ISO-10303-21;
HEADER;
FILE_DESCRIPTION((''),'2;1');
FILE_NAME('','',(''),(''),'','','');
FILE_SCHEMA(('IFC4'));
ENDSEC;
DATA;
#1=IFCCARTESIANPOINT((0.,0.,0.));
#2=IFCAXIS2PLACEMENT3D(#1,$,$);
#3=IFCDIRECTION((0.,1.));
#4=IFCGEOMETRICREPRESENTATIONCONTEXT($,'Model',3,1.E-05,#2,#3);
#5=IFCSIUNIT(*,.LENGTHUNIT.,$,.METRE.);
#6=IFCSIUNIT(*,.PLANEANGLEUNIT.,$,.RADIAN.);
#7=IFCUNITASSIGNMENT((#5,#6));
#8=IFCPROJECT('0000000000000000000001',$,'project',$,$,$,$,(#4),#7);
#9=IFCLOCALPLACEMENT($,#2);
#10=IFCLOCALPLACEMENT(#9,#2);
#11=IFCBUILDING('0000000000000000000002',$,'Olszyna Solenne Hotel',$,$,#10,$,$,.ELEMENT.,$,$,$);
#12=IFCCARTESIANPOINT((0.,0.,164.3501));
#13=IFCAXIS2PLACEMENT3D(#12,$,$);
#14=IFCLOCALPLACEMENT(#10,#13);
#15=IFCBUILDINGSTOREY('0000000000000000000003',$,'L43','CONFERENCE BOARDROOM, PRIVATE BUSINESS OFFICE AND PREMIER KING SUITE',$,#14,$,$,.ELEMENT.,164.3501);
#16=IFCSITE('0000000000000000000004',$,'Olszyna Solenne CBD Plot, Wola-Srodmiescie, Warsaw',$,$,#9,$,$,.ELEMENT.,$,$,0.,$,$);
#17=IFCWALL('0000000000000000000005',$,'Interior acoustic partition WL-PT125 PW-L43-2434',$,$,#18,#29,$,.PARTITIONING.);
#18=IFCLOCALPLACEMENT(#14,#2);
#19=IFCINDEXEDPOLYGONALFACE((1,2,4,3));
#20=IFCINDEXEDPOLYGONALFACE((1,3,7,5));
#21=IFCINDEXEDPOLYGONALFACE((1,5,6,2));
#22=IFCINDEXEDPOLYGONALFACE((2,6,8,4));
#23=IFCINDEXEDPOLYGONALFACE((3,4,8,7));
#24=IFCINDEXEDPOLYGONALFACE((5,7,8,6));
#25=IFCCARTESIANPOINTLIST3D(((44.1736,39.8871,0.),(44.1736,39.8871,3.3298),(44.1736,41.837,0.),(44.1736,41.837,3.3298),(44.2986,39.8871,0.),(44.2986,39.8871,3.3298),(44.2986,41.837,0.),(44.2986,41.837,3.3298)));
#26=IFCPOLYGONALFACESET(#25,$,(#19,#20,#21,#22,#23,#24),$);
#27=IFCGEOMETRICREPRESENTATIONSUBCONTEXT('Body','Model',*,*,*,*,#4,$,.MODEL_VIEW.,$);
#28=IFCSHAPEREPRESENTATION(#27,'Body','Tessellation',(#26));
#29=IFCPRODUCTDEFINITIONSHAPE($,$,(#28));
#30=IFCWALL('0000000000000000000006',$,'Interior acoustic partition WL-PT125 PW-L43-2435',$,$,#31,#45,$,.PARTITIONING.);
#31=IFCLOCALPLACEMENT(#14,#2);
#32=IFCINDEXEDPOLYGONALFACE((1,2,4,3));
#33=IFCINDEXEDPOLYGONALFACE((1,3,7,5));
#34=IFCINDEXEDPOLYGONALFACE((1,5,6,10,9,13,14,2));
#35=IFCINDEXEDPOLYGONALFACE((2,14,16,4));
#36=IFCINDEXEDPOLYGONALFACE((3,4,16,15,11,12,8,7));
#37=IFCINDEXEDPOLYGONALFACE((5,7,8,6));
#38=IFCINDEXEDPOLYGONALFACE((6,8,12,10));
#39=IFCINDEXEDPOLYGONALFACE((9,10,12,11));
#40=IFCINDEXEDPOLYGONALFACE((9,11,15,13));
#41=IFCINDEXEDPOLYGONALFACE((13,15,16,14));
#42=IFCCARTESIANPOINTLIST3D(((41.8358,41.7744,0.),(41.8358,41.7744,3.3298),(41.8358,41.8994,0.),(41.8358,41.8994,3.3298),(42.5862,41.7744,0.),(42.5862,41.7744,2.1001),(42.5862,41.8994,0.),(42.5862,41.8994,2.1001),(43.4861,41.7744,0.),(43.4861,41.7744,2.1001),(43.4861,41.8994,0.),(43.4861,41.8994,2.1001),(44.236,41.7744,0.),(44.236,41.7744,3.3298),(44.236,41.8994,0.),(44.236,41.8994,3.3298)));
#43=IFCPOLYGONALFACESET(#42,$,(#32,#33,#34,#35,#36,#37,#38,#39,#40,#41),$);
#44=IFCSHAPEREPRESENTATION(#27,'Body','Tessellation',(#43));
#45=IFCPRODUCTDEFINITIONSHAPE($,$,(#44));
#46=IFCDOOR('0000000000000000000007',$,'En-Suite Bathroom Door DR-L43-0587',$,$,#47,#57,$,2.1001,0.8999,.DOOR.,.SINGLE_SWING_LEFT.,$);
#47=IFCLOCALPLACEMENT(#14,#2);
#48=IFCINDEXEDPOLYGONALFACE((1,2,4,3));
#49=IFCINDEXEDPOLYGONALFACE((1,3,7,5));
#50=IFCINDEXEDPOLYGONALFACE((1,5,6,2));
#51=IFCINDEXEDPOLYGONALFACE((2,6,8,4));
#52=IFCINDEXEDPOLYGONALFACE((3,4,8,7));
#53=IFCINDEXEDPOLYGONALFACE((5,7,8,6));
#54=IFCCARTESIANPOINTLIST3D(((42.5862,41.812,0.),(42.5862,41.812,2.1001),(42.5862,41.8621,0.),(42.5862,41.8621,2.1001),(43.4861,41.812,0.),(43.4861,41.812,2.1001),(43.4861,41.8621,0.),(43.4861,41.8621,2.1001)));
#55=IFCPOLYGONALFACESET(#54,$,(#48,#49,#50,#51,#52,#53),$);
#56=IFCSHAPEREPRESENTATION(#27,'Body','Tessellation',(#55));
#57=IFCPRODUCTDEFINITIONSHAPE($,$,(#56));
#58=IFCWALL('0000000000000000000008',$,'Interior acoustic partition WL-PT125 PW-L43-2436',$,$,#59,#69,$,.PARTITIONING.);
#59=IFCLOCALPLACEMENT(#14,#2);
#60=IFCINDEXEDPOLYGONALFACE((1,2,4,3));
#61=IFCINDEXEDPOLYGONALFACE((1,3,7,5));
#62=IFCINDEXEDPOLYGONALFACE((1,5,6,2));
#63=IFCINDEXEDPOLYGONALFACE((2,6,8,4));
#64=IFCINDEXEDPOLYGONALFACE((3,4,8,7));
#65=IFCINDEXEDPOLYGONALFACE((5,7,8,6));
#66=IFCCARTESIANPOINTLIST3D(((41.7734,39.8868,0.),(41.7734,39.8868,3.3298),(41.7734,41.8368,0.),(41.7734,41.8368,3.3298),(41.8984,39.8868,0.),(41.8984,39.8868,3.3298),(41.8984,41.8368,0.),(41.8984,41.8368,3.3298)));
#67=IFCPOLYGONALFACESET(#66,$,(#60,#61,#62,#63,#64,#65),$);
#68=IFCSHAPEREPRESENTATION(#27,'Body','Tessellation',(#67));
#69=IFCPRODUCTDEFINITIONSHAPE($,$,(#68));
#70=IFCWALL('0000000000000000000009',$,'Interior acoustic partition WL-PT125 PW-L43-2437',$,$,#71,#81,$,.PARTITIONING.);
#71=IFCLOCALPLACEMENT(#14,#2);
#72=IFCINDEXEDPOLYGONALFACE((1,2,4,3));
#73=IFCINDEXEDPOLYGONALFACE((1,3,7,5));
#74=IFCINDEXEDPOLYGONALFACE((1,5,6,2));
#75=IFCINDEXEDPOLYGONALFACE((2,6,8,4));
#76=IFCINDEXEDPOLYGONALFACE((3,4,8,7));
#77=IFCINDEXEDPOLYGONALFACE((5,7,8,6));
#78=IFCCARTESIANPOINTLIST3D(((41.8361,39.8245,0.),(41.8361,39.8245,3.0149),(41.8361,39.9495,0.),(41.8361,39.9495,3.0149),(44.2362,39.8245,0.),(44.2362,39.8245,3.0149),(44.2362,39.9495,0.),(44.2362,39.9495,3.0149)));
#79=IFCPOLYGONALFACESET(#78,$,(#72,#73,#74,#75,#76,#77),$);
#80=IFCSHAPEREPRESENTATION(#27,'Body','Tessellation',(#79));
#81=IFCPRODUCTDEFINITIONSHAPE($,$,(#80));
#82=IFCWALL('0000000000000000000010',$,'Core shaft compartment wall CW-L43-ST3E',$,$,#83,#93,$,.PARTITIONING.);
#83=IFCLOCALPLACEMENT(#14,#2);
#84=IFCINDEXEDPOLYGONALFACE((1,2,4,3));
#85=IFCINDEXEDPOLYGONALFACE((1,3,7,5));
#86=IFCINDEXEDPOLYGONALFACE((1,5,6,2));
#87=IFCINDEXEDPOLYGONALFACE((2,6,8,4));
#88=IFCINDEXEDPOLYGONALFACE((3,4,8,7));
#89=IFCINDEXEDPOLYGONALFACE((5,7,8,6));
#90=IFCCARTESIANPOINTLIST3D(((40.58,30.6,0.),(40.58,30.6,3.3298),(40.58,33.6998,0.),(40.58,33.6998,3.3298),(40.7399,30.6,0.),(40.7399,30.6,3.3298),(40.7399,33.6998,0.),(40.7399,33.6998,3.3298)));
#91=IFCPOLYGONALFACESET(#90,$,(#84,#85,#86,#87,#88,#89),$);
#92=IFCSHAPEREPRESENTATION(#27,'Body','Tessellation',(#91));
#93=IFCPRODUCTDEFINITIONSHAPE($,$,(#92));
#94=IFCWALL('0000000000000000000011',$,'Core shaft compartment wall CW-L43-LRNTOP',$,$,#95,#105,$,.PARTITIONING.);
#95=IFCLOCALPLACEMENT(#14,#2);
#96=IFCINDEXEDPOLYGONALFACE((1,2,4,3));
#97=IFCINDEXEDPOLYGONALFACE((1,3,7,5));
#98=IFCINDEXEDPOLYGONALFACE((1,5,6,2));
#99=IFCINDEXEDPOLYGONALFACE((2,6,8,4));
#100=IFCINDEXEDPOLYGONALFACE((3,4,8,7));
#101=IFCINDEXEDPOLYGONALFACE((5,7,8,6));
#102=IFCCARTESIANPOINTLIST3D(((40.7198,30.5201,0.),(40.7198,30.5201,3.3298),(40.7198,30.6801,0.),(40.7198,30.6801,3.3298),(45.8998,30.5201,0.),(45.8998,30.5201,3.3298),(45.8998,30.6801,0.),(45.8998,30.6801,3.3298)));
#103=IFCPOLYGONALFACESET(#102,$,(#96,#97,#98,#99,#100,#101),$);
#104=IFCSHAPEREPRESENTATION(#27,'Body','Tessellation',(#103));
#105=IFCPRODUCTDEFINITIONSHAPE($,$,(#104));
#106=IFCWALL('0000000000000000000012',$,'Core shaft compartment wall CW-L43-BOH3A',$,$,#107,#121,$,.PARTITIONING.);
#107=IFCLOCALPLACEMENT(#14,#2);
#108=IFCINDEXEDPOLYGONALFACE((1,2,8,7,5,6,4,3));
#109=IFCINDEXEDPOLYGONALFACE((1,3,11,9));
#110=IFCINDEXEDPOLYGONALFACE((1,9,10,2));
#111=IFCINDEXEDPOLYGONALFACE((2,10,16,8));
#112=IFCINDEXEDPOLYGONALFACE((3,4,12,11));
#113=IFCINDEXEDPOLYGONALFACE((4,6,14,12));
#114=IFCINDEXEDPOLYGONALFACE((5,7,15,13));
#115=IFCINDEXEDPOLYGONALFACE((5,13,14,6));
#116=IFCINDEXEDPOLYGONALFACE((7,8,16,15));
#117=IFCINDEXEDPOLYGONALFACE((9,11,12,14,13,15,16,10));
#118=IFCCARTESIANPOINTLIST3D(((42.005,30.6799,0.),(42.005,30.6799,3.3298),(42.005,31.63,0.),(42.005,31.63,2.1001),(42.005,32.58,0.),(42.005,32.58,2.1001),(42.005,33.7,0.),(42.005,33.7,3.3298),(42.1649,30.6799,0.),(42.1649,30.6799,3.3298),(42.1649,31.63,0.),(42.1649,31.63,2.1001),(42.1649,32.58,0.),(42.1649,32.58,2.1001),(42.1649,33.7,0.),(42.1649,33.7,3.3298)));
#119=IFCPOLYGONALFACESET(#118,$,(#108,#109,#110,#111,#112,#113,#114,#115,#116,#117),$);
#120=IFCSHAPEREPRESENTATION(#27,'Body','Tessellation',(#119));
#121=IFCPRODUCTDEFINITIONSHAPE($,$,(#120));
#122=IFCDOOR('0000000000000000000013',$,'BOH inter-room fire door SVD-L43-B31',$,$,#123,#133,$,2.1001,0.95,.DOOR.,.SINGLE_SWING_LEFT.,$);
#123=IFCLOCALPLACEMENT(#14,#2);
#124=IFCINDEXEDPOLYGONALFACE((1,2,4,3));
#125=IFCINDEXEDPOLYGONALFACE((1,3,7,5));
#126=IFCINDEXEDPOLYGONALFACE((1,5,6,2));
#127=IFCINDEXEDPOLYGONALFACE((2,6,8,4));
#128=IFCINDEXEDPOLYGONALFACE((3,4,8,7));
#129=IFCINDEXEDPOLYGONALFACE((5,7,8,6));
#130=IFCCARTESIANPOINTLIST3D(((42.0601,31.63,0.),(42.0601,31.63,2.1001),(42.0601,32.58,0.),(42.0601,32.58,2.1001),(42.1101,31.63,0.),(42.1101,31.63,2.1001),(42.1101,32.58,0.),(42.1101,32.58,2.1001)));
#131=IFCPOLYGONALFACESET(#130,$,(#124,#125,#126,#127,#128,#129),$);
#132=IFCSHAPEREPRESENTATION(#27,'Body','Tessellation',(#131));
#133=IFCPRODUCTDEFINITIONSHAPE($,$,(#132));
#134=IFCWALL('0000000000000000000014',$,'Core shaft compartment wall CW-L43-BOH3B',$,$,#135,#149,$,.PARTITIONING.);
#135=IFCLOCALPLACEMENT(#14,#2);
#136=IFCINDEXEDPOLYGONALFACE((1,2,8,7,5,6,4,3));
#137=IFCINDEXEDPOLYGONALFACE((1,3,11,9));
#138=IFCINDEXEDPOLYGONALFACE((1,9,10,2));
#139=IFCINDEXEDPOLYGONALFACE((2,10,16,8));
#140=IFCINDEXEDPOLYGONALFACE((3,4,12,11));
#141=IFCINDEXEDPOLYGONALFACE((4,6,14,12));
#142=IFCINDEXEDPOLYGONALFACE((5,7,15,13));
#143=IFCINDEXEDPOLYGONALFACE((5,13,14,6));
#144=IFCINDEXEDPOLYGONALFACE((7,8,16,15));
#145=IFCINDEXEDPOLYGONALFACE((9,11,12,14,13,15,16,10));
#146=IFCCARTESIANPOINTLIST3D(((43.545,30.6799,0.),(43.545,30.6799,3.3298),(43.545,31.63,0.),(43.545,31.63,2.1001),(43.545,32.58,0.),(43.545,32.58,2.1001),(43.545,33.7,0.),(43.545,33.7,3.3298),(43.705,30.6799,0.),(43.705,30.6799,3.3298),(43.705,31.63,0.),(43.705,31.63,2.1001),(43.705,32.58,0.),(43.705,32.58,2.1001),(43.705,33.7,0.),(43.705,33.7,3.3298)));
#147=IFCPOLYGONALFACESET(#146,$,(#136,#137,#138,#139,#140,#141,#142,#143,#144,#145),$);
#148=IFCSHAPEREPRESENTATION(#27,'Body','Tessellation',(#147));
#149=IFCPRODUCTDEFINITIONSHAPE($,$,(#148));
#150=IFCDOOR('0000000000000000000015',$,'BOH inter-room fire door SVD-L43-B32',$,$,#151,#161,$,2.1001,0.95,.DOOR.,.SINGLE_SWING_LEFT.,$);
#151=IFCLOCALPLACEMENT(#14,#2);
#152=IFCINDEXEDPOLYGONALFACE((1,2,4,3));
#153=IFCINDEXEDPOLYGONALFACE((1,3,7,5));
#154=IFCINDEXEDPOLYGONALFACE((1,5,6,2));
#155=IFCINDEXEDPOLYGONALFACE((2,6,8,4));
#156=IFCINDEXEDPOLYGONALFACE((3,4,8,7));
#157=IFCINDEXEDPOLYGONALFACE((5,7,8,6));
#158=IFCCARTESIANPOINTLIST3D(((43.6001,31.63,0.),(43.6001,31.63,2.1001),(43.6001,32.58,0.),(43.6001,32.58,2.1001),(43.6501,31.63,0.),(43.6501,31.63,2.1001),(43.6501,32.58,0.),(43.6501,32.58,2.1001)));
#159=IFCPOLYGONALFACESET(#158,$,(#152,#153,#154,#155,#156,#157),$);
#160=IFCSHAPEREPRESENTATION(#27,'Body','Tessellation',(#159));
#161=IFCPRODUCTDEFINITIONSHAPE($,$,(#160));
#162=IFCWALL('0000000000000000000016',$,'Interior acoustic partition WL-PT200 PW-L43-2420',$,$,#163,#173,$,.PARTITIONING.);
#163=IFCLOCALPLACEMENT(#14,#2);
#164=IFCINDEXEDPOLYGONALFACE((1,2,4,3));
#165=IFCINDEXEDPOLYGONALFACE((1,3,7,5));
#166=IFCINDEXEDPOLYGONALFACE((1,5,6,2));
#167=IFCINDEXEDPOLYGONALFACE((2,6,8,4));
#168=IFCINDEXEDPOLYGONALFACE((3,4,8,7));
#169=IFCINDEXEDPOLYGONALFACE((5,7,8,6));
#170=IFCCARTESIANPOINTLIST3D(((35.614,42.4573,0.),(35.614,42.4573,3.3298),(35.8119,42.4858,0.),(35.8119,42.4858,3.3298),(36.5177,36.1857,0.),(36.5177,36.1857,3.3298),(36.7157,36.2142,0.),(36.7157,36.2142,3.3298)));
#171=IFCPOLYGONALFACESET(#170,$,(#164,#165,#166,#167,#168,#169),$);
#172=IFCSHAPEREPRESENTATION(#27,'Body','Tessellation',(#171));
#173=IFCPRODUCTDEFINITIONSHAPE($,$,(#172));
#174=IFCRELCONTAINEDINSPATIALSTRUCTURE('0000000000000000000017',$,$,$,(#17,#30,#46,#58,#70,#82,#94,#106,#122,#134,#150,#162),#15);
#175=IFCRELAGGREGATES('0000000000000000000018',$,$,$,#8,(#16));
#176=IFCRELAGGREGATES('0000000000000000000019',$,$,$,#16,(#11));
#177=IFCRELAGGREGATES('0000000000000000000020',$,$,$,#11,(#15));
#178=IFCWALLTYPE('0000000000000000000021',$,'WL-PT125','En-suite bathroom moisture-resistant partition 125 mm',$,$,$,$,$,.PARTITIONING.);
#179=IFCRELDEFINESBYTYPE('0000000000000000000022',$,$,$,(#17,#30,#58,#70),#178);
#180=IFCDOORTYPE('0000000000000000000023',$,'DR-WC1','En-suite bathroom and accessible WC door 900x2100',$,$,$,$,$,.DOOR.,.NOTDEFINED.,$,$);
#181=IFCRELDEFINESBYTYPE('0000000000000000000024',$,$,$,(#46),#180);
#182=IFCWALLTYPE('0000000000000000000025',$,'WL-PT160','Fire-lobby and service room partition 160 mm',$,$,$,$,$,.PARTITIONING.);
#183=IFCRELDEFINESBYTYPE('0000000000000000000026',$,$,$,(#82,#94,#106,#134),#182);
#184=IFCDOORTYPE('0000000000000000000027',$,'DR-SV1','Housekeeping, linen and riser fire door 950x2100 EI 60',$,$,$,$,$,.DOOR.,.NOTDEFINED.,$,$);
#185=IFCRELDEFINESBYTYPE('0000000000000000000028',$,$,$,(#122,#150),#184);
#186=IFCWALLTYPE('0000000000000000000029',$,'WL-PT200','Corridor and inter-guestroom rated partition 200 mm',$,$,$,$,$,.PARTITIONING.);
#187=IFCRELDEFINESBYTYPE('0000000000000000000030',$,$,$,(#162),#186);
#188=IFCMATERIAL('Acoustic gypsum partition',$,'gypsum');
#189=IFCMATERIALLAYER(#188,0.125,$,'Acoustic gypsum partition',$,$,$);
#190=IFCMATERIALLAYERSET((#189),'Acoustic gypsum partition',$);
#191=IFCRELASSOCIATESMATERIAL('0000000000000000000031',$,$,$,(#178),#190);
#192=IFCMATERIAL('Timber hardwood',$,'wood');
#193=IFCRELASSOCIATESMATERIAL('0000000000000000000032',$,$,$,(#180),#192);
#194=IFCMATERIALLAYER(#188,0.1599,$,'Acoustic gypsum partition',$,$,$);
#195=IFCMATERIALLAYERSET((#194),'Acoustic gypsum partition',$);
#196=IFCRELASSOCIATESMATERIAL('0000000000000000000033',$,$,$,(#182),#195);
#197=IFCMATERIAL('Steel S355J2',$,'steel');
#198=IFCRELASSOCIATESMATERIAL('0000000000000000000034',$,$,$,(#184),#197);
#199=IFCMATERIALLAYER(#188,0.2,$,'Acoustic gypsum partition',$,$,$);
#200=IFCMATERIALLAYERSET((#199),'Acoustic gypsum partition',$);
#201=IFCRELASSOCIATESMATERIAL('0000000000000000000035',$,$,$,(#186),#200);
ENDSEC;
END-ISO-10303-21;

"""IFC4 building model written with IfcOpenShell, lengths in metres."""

from ifc_helpers import new_model, si_unit, direction, frame, frame_2d, origin, place, context, subcontext, project, spatial, rectangle, extrude, source, transform, mapped, material, layer, layer_set, type_object, type_shapes, element, fill, save


model = new_model("IFC4")

# Units and contexts
model_context = context("Model", 3, precision=1e-05, world=origin(), true_north=direction((0.0, 1.0)))
body_context = subcontext(model_context, "Body", "Model", "MODEL_VIEW")
ifc_project = project(units=[si_unit("LENGTHUNIT", "METRE"), si_unit("PLANEANGLEUNIT", "RADIAN")], contexts=[model_context])

# Site, building, storey
site_placement = place(None, origin())
site = spatial("IfcSite", under=ifc_project, at=site_placement, Name="Olszyna Solenne CBD Plot, Wola-Srodmiescie, Warsaw", CompositionType="ELEMENT", RefElevation=0.0)
building_placement = place(site_placement, origin())
building = spatial("IfcBuilding", under=site, at=building_placement, Name="Olszyna Solenne Hotel", CompositionType="ELEMENT")
storey_placement = place(building_placement, frame((0.0, 0.0, 164.3501)))
storey = spatial("IfcBuildingStorey", under=building, at=storey_placement, Name="L43", Description="CONFERENCE BOARDROOM, PRIVATE BUSINESS OFFICE AND PREMIER KING SUITE", CompositionType="ELEMENT", Elevation=164.3501)

# Shared definitions
ifc_material_1 = material(Name="Steel S355J2", Category="steel")

# Wall
ifc_material_2 = material(Name="Acoustic gypsum partition", Category="gypsum")
ifc_layer_1 = layer(ifc_material_2, 0.125, Name="Acoustic gypsum partition")
ifc_layer_set_1 = layer_set([ifc_layer_1], Name="Acoustic gypsum partition")
wall_type_1 = type_object("IfcWallType", Name="WL-PT125", Description="En-suite bathroom moisture-resistant partition 125 mm", PredefinedType="PARTITIONING", material=ifc_layer_set_1)
wall_1_placement = place(storey_placement, frame((44.2361, 39.887, 0.0), z_axis=(0.0, 0.0, 1.0), x_axis=(0.0, 1.0, 0.0)))
element("IfcWall", 1, at=wall_1_placement, inside=storey, type_object=wall_type_1, Name="Interior acoustic partition WL-PT125 PW-L43-2434", PredefinedType="PARTITIONING", context=body_context, shape_type="SweptSolid", body=[
    extrude(rectangle(XDim=1.95, YDim=0.125, at=frame_2d((0.9751, 0.0))), origin(), (0.0, 0.0, 1.0), 3.3298),
])

# Wall, opening, door
wall_2_placement = place(storey_placement, frame((44.2361, 41.8369, 0.0), z_axis=(0.0, 0.0, 1.0), x_axis=(-1.0, 0.0, 0.0)))
wall_2 = element("IfcWall", 2, at=wall_2_placement, inside=storey, type_object=wall_type_1, Name="Interior acoustic partition WL-PT125 PW-L43-2435", PredefinedType="PARTITIONING", context=body_context, shape_type="SweptSolid", body=[
    extrude(rectangle(XDim=2.4001, YDim=0.125, at=frame_2d((1.2002, 0.0))), origin(), (0.0, 0.0, 1.0), 3.3298),
])
opening_1_placement = place(wall_2_placement, frame((0.75, 0.0, 0.0)))
opening_1 = element("IfcOpeningElement", 3, at=opening_1_placement, cuts=wall_2, PredefinedType="OPENING", context=body_context, shape_type="SweptSolid", body=[
    extrude(rectangle(XDim=0.8999, YDim=2.1001, at=frame_2d((0.45, 1.05))), frame((0.0, 0.0725, 0.0), z_axis=(0.0, -1.0, 0.0), x_axis=(1.0, 0.0, 0.0)), (0.0, 0.0, 1.0), 0.145),
])
ifc_material_3 = material(Name="Timber hardwood", Category="wood")
door_type_1 = type_object("IfcDoorType", Name="DR-WC1", Description="En-suite bathroom and accessible WC door 900x2100", OperationType="NOTDEFINED", PredefinedType="DOOR", material=ifc_material_3)
shared_shape_1 = source(origin(), body_context, "Body", "SweptSolid", [
    extrude(rectangle(XDim=0.8999, YDim=2.1001, at=frame_2d((0.45, 1.05))), frame((0.0, 0.0249, 0.0), z_axis=(0.0, -1.0, 0.0), x_axis=(1.0, 0.0, 0.0)), (0.0, 0.0, 1.0), 0.05),
])
type_shapes(door_type_1, [shared_shape_1])
door_1_placement = place(opening_1_placement, origin())
door_1 = element("IfcDoor", 4, at=door_1_placement, inside=storey, type_object=door_type_1, Name="En-Suite Bathroom Door DR-L43-0587", OperationType="SINGLE_SWING_LEFT", OverallHeight=2.1001, OverallWidth=0.8999, PredefinedType="DOOR", context=body_context, shape_type="MappedRepresentation", body=[
    mapped(shared_shape_1, transform((0.0, 0.0, 0.0), x_axis=(1.0, 0.0, 0.0), y_axis=(0.0, 1.0, 0.0), z_axis=(0.0, 0.0, 1.0), scale=1.0)),
])
fill(opening_1, door_1)

# Walls
wall_3_placement = place(storey_placement, frame((41.8359, 41.8369, 0.0), z_axis=(0.0, 0.0, 1.0), x_axis=(0.0, -1.0, 0.0)))
element("IfcWall", 5, at=wall_3_placement, inside=storey, type_object=wall_type_1, Name="Interior acoustic partition WL-PT125 PW-L43-2436", PredefinedType="PARTITIONING", context=body_context, shape_type="SweptSolid", body=[
    extrude(rectangle(XDim=1.95, YDim=0.125, at=frame_2d((0.9751, 0.0))), origin(), (0.0, 0.0, 1.0), 3.3298),
])
wall_4_placement = place(storey_placement, frame((41.8359, 39.887, 0.0), z_axis=(0.0, 0.0, 1.0), x_axis=(1.0, 0.0, 0.0)))
element("IfcWall", 6, at=wall_4_placement, inside=storey, type_object=wall_type_1, Name="Interior acoustic partition WL-PT125 PW-L43-2437", PredefinedType="PARTITIONING", context=body_context, shape_type="SweptSolid", body=[
    extrude(rectangle(XDim=2.4001, YDim=0.125, at=frame_2d((1.2002, 0.0))), origin(), (0.0, 0.0, 1.0), 3.0149),
])
ifc_layer_2 = layer(ifc_material_2, 0.1599, Name="Acoustic gypsum partition")
ifc_layer_set_2 = layer_set([ifc_layer_2], Name="Acoustic gypsum partition")
wall_type_2 = type_object("IfcWallType", Name="WL-PT160", Description="Fire-lobby and service room partition 160 mm", PredefinedType="PARTITIONING", material=ifc_layer_set_2)
wall_5_placement = place(storey_placement, frame((40.6599, 30.6001, 0.0), z_axis=(0.0, 0.0, 1.0), x_axis=(0.0, 1.0, 0.0)))
element("IfcWall", 7, at=wall_5_placement, inside=storey, type_object=wall_type_2, Name="Core shaft compartment wall CW-L43-ST3E", PredefinedType="PARTITIONING", context=body_context, shape_type="SweptSolid", body=[
    extrude(rectangle(XDim=3.0999, YDim=0.1599, at=frame_2d((1.5498, 0.0))), origin(), (0.0, 0.0, 1.0), 3.3298),
])
wall_6_placement = place(storey_placement, frame((40.72, 30.6001, 0.0), z_axis=(0.0, 0.0, 1.0), x_axis=(1.0, 0.0, 0.0)))
element("IfcWall", 8, at=wall_6_placement, inside=storey, type_object=wall_type_2, Name="Core shaft compartment wall CW-L43-LRNTOP", PredefinedType="PARTITIONING", context=body_context, shape_type="SweptSolid", body=[
    extrude(rectangle(XDim=5.1799, YDim=0.1599, at=frame_2d((2.5898, 0.0))), origin(), (0.0, 0.0, 1.0), 3.3298),
])

# Walls, openings, doors
wall_7_placement = place(storey_placement, frame((42.085, 30.6799, 0.0), z_axis=(0.0, 0.0, 1.0), x_axis=(0.0, 1.0, 0.0)))
wall_7 = element("IfcWall", 9, at=wall_7_placement, inside=storey, type_object=wall_type_2, Name="Core shaft compartment wall CW-L43-BOH3A", PredefinedType="PARTITIONING", context=body_context, shape_type="SweptSolid", body=[
    extrude(rectangle(XDim=3.02, YDim=0.1599, at=frame_2d((1.51, 0.0))), origin(), (0.0, 0.0, 1.0), 3.3298),
])
opening_2_placement = place(wall_7_placement, frame((0.95, 0.0, 0.0)))
opening_2 = element("IfcOpeningElement", 10, at=opening_2_placement, cuts=wall_7, PredefinedType="OPENING", context=body_context, shape_type="SweptSolid", body=[
    extrude(rectangle(XDim=0.95, YDim=2.1001, at=frame_2d((0.4751, 1.05))), frame((0.0, 0.0898, 0.0), z_axis=(0.0, -1.0, 0.0), x_axis=(1.0, 0.0, 0.0)), (0.0, 0.0, 1.0), 0.1799),
])
door_type_2 = type_object("IfcDoorType", Name="DR-SV1", Description="Housekeeping, linen and riser fire door 950x2100 EI 60", OperationType="NOTDEFINED", PredefinedType="DOOR", material=ifc_material_1)
shared_shape_2 = source(origin(), body_context, "Body", "SweptSolid", [
    extrude(rectangle(XDim=0.95, YDim=2.1001, at=frame_2d((0.4751, 1.05))), frame((0.0, 0.0249, 0.0), z_axis=(0.0, -1.0, 0.0), x_axis=(1.0, 0.0, 0.0)), (0.0, 0.0, 1.0), 0.05),
])
type_shapes(door_type_2, [shared_shape_2])
door_2_placement = place(opening_2_placement, origin())
door_2 = element("IfcDoor", 11, at=door_2_placement, inside=storey, type_object=door_type_2, Name="BOH inter-room fire door SVD-L43-B31", OperationType="SINGLE_SWING_LEFT", OverallHeight=2.1001, OverallWidth=0.95, PredefinedType="DOOR", context=body_context, shape_type="MappedRepresentation", body=[
    mapped(shared_shape_2, transform((0.0, 0.0, 0.0), x_axis=(1.0, 0.0, 0.0), y_axis=(0.0, 1.0, 0.0), z_axis=(0.0, 0.0, 1.0), scale=1.0)),
])
fill(opening_2, door_2)
wall_8_placement = place(storey_placement, frame((43.625, 30.6799, 0.0), z_axis=(0.0, 0.0, 1.0), x_axis=(0.0, 1.0, 0.0)))
wall_8 = element("IfcWall", 12, at=wall_8_placement, inside=storey, type_object=wall_type_2, Name="Core shaft compartment wall CW-L43-BOH3B", PredefinedType="PARTITIONING", context=body_context, shape_type="SweptSolid", body=[
    extrude(rectangle(XDim=3.02, YDim=0.1599, at=frame_2d((1.51, 0.0))), origin(), (0.0, 0.0, 1.0), 3.3298),
])
opening_3_placement = place(wall_8_placement, frame((0.95, 0.0, 0.0)))
opening_3 = element("IfcOpeningElement", 13, at=opening_3_placement, cuts=wall_8, PredefinedType="OPENING", context=body_context, shape_type="SweptSolid", body=[
    extrude(rectangle(XDim=0.95, YDim=2.1001, at=frame_2d((0.4751, 1.05))), frame((0.0, 0.0898, 0.0), z_axis=(0.0, -1.0, 0.0), x_axis=(1.0, 0.0, 0.0)), (0.0, 0.0, 1.0), 0.1799),
])
door_3_placement = place(opening_3_placement, origin())
door_3 = element("IfcDoor", 14, at=door_3_placement, inside=storey, type_object=door_type_2, Name="BOH inter-room fire door SVD-L43-B32", OperationType="SINGLE_SWING_LEFT", OverallHeight=2.1001, OverallWidth=0.95, PredefinedType="DOOR", context=body_context, shape_type="MappedRepresentation", body=[
    mapped(shared_shape_2, transform((0.0, 0.0, 0.0), x_axis=(1.0, 0.0, 0.0), y_axis=(0.0, 1.0, 0.0), z_axis=(0.0, 0.0, 1.0), scale=1.0)),
])
fill(opening_3, door_3)

# Wall
ifc_layer_3 = layer(ifc_material_2, 0.2, Name="Acoustic gypsum partition")
ifc_layer_set_3 = layer_set([ifc_layer_3], Name="Acoustic gypsum partition")
wall_type_3 = type_object("IfcWallType", Name="WL-PT200", Description="Corridor and inter-guestroom rated partition 200 mm", PredefinedType="PARTITIONING", material=ifc_layer_set_3)
wall_9_placement = place(storey_placement, frame((36.6167, 36.2, 0.0), z_axis=(0.0, 0.0, 1.0), x_axis=(-0.142635, 0.989775, 0.0)))
element("IfcWall", 15, at=wall_9_placement, inside=storey, type_object=wall_type_3, Name="Interior acoustic partition WL-PT200 PW-L43-2420", PredefinedType="PARTITIONING", context=body_context, shape_type="SweptSolid", body=[
    extrude(rectangle(XDim=6.3364, YDim=0.2, at=frame_2d((3.1682, 0.0))), origin(), (0.0, 0.0, 1.0), 3.3298),
])

save(model, "model.ifc")
